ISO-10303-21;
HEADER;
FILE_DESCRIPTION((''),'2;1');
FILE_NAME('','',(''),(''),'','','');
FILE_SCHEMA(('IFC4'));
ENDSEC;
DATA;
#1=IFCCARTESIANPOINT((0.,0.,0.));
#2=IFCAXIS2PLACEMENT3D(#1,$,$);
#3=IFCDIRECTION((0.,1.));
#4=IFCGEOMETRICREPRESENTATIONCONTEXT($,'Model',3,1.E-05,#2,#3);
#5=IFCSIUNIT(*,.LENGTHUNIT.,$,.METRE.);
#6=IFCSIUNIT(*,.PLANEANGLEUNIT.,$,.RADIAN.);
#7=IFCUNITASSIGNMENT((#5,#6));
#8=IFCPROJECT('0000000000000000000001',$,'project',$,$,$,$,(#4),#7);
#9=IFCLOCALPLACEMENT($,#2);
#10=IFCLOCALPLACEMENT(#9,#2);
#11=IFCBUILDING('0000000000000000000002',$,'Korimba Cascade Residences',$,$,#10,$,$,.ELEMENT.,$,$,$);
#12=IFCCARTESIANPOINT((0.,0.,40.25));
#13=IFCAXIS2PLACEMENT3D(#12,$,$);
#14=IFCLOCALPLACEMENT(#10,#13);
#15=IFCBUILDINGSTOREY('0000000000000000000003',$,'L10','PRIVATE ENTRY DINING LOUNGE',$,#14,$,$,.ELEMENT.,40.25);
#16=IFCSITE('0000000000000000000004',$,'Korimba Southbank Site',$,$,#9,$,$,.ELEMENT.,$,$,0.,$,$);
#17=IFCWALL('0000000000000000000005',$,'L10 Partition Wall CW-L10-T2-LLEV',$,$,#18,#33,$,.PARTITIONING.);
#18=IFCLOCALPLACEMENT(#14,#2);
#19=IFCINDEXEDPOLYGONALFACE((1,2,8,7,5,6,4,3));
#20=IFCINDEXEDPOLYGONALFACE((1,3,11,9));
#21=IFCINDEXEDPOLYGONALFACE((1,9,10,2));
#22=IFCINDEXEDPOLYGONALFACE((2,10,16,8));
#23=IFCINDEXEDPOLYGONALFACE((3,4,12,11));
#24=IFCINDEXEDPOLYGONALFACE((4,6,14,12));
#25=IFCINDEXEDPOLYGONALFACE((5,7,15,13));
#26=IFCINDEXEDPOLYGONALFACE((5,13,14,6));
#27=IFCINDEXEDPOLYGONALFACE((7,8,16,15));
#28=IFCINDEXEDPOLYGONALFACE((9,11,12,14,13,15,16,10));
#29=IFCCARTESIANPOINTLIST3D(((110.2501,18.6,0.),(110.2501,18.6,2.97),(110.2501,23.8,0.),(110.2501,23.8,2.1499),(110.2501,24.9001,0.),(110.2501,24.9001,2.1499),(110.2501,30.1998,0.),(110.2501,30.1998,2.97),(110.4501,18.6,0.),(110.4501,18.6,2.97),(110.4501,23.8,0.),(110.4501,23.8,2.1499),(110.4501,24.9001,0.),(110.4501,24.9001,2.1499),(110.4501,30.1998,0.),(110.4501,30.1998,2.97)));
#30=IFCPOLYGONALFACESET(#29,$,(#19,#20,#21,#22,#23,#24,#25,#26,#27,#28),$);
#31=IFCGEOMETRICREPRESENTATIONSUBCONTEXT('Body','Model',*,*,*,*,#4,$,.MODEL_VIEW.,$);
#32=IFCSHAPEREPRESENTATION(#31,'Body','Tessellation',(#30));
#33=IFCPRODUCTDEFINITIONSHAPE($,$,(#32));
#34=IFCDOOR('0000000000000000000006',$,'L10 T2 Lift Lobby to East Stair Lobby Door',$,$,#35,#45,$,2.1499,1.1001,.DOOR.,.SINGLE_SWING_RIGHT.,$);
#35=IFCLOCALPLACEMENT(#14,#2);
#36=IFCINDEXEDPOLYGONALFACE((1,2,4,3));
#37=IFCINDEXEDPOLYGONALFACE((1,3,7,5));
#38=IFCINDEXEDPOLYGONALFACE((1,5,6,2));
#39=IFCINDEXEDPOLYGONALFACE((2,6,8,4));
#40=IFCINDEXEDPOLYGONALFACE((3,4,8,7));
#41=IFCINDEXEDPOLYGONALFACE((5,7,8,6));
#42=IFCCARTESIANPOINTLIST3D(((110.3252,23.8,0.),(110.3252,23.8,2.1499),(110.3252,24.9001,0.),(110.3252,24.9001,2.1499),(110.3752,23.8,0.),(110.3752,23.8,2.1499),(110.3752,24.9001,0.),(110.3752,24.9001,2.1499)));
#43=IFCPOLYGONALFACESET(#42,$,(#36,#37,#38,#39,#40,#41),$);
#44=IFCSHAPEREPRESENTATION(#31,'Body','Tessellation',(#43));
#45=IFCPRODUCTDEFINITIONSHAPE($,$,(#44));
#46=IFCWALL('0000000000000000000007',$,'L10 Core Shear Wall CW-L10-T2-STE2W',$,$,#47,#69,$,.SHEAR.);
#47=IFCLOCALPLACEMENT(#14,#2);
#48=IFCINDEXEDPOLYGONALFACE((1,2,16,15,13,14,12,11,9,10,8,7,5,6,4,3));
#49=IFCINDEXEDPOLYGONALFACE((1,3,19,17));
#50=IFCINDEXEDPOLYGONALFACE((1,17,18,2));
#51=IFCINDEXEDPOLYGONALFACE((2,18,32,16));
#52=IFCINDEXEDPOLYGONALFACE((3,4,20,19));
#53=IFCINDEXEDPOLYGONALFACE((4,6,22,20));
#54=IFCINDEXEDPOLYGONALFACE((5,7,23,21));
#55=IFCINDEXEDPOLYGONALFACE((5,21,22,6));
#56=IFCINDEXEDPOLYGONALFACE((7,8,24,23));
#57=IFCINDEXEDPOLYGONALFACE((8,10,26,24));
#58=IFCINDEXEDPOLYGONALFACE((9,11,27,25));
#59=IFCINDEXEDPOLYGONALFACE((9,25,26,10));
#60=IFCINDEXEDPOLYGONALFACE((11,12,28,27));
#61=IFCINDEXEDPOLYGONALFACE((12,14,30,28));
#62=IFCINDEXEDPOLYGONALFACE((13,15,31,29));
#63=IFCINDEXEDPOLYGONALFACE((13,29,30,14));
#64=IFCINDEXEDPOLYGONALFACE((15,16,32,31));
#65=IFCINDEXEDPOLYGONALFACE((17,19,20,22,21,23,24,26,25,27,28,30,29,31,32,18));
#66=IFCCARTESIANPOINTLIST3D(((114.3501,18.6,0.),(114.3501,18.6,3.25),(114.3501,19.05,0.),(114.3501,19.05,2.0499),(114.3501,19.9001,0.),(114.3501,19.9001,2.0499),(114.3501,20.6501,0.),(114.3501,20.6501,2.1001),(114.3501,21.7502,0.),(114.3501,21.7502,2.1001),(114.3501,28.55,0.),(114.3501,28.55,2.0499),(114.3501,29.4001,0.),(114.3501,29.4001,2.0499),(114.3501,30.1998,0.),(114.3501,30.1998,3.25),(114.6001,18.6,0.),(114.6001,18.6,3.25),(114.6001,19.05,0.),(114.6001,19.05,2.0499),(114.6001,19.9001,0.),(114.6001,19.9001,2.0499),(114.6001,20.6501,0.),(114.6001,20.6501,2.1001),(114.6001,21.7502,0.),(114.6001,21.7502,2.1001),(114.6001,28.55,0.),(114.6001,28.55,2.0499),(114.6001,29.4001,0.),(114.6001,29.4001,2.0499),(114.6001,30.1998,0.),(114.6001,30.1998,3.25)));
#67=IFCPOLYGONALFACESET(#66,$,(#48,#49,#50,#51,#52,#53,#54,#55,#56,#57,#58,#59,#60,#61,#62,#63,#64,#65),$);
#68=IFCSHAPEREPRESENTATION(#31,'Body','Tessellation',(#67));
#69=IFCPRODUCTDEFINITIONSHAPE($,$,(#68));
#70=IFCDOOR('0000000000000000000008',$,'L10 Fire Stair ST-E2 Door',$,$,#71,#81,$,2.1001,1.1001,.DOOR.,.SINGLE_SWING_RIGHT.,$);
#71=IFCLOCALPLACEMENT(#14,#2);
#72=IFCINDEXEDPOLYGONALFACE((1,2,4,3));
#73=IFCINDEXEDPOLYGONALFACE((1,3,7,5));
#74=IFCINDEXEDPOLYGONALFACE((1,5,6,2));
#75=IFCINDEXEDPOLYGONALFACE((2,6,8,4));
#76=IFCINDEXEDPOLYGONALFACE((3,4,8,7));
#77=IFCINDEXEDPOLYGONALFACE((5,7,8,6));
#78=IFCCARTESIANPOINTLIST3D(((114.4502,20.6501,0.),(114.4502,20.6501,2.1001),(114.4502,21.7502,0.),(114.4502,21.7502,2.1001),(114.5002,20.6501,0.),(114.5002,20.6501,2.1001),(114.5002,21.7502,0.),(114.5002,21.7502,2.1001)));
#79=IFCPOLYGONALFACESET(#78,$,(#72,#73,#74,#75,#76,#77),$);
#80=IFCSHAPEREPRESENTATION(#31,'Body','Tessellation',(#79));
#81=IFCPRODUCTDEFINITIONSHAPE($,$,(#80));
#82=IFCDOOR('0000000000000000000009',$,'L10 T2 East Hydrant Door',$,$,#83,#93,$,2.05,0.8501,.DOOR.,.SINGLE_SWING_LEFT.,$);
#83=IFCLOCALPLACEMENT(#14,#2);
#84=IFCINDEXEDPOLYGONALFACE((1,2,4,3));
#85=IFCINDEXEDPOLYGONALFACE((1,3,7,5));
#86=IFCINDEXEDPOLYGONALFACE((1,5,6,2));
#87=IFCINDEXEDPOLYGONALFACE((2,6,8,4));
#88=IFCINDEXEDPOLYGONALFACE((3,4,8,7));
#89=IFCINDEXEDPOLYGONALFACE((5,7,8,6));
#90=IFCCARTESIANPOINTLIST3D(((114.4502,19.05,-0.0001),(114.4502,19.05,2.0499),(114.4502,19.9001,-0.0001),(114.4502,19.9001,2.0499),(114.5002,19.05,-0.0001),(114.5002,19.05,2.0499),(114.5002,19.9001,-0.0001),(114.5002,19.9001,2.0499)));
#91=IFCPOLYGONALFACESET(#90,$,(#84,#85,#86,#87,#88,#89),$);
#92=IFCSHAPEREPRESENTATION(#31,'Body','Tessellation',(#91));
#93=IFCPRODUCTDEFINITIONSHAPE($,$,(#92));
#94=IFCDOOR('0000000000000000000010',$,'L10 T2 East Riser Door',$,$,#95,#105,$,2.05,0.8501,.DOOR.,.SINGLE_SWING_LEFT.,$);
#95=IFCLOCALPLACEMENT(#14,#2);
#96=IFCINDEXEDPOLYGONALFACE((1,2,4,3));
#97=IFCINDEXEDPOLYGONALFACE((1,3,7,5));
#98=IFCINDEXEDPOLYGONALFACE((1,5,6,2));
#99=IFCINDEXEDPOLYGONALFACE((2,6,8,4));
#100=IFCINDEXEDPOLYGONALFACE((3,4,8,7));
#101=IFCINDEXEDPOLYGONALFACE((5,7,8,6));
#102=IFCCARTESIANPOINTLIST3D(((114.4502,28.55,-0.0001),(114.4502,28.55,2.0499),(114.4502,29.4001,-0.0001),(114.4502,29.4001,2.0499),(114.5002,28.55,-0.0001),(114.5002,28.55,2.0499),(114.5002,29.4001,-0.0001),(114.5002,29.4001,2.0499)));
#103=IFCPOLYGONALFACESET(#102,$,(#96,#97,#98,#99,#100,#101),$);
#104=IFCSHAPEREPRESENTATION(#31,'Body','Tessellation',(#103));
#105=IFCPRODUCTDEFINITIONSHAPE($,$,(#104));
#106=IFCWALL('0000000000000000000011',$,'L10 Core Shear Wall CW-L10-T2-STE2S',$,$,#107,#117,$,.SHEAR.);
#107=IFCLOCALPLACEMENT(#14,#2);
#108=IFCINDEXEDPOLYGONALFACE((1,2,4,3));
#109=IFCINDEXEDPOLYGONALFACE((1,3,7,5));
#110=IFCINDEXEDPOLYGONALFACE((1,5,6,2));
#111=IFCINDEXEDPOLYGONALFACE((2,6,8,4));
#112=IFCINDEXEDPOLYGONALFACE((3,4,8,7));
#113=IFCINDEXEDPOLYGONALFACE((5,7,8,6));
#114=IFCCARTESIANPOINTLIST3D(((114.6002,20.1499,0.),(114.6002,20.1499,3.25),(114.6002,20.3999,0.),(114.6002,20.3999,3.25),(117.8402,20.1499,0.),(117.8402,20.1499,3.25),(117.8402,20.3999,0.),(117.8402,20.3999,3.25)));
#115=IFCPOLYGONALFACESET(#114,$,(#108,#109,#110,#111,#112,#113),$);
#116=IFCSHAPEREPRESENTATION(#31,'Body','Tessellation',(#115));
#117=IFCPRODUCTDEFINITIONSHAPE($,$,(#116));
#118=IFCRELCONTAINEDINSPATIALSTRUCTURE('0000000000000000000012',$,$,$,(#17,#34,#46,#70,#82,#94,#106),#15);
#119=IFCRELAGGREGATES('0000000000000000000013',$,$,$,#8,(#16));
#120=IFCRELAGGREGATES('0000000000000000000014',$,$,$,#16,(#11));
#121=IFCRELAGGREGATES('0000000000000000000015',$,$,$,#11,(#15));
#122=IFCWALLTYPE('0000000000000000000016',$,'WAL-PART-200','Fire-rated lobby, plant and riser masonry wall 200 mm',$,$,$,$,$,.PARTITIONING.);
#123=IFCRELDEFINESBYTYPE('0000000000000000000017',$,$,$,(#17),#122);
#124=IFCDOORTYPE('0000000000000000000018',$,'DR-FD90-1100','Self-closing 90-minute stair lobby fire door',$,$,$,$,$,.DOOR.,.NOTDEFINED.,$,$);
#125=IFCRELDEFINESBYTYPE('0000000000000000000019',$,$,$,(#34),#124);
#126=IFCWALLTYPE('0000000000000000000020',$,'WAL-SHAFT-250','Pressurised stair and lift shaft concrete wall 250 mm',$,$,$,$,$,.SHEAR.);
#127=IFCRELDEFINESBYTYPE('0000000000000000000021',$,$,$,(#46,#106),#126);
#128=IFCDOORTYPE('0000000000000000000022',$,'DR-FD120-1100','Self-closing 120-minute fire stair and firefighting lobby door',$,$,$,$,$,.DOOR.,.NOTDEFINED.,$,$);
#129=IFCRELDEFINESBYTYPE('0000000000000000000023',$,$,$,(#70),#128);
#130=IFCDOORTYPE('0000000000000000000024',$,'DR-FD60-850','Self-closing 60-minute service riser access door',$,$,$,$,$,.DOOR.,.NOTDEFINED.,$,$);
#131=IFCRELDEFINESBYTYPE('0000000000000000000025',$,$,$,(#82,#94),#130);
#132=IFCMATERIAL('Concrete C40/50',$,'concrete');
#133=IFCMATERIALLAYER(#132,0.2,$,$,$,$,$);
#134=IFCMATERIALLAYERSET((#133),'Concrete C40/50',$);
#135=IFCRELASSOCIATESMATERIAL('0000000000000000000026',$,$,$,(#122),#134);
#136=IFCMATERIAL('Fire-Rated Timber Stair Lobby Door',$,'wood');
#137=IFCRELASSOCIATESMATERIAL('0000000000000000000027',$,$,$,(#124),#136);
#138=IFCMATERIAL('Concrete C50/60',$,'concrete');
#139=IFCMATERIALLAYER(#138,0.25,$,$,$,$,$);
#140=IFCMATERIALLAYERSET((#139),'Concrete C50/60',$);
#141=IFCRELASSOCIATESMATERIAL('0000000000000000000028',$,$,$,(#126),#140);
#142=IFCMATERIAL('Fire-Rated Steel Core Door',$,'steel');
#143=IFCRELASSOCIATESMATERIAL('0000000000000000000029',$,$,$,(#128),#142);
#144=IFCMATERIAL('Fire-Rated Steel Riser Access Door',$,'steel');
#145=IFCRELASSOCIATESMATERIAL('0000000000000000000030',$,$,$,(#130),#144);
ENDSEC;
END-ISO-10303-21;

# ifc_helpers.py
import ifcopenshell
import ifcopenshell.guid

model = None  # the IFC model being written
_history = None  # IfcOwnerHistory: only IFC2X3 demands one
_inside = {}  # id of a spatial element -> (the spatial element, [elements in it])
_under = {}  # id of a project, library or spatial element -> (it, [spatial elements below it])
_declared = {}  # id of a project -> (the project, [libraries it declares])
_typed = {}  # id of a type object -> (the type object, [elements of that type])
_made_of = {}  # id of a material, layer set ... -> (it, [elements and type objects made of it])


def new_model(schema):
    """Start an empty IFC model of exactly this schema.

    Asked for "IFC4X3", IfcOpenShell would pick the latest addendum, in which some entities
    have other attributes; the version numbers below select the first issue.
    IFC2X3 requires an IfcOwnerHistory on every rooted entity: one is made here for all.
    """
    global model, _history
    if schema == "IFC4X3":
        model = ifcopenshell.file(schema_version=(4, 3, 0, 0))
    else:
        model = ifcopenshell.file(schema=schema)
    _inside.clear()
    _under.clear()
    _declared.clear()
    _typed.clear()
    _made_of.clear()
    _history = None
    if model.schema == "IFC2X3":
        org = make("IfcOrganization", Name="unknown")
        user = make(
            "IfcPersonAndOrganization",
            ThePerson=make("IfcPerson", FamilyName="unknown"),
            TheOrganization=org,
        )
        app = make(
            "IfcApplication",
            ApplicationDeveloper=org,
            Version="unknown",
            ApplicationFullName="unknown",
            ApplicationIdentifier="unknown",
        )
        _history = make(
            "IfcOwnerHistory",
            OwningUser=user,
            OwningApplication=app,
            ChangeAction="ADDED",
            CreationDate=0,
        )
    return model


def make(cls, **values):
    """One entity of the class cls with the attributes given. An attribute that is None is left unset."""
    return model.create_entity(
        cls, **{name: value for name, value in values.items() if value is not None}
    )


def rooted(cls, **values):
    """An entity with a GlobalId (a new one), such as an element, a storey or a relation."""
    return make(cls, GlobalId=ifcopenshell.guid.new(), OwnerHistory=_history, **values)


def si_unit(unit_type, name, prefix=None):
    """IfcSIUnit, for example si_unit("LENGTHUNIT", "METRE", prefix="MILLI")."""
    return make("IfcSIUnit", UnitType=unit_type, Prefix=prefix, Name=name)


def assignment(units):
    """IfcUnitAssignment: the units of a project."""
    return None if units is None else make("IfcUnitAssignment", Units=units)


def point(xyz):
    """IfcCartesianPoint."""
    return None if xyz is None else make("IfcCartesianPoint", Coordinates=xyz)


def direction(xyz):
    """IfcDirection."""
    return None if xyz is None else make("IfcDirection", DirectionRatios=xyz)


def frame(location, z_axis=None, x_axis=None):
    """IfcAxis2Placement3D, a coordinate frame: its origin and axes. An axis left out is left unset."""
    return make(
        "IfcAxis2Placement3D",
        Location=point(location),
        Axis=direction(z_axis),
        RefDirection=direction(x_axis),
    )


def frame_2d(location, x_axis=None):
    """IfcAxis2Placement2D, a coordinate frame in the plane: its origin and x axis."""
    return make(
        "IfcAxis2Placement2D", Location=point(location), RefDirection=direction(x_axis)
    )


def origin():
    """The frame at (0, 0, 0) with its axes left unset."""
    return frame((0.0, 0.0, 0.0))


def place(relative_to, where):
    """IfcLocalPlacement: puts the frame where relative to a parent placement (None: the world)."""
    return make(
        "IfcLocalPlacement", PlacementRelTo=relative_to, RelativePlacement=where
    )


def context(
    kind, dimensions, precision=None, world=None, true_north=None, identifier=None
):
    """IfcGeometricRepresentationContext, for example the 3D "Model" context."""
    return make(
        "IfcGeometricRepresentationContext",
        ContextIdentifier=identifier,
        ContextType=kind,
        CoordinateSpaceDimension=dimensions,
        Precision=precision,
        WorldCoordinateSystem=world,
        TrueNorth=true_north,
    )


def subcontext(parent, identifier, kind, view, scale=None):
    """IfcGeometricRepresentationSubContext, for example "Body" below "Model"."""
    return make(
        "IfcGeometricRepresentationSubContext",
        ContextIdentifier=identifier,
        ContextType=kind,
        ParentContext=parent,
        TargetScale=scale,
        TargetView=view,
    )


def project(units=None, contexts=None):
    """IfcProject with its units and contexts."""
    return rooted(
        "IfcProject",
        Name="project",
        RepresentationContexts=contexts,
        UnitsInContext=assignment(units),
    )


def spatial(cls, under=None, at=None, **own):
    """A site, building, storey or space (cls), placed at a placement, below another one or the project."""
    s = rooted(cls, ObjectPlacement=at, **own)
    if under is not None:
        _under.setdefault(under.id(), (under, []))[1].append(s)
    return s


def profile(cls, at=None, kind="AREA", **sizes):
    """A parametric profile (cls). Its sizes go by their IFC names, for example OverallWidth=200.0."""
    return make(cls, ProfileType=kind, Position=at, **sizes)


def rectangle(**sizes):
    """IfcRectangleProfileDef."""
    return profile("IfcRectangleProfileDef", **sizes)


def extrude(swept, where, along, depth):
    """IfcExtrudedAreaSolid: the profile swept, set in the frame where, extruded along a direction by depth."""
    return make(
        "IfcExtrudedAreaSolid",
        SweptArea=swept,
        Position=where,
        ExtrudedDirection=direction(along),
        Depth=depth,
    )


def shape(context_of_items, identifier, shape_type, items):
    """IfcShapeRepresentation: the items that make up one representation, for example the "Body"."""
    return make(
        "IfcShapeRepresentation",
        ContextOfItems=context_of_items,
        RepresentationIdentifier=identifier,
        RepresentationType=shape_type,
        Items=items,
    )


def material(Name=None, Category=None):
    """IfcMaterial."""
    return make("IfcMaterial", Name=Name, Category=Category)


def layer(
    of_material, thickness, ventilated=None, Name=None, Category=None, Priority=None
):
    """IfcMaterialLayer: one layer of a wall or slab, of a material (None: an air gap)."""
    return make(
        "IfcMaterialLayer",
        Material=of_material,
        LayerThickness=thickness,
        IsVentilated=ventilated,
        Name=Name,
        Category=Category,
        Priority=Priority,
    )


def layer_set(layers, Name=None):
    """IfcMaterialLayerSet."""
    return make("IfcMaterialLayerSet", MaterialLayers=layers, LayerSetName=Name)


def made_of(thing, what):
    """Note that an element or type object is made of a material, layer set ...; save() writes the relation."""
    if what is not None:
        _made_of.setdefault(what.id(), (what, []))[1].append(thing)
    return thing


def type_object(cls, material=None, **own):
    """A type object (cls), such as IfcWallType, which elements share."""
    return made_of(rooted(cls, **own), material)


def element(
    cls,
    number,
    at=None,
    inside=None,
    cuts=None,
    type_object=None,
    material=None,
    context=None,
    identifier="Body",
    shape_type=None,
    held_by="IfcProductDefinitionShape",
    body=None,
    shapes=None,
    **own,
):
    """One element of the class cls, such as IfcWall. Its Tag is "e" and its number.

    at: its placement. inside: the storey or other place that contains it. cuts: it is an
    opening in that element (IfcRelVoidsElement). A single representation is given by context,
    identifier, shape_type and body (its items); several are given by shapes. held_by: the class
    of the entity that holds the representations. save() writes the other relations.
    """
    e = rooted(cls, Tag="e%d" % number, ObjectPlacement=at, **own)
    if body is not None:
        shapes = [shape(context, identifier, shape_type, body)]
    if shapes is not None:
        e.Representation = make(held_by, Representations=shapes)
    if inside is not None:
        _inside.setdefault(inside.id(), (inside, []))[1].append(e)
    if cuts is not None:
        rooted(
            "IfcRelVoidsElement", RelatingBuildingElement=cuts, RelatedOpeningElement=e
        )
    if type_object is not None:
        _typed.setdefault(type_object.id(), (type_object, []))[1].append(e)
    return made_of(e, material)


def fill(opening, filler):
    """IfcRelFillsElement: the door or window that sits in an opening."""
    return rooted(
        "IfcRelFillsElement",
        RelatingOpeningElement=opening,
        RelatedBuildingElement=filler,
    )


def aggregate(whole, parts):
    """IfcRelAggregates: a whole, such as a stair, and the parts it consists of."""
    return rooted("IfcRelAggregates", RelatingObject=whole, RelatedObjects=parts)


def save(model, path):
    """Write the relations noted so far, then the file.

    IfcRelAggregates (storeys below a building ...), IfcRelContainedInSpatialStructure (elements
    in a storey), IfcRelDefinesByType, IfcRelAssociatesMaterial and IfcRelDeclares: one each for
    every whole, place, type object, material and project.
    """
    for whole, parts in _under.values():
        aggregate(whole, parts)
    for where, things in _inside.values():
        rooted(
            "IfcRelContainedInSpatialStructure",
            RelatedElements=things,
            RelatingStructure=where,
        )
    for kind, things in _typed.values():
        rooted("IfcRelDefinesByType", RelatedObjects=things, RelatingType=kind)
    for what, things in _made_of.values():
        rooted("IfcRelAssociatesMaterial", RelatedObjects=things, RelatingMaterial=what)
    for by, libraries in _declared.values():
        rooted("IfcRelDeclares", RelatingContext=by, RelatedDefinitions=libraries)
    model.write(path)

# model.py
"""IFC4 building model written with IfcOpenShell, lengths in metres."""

from ifc_helpers import new_model, si_unit, direction, frame, frame_2d, origin, place, context, subcontext, project, spatial, rectangle, extrude, material, layer, layer_set, type_object, element, fill, save


model = new_model("IFC4")

# Units and contexts
model_context = context("Model", 3, precision=1e-05, world=origin(), true_north=direction((0.0, 1.0)))
body_context = subcontext(model_context, "Body", "Model", "MODEL_VIEW")
ifc_project = project(units=[si_unit("LENGTHUNIT", "METRE"), si_unit("PLANEANGLEUNIT", "RADIAN")], contexts=[model_context])

# Site, building, storey
site_placement = place(None, origin())
site = spatial("IfcSite", under=ifc_project, at=site_placement, Name="Korimba Southbank Site", CompositionType="ELEMENT", RefElevation=0.0)
building_placement = place(site_placement, origin())
building = spatial("IfcBuilding", under=site, at=building_placement, Name="Korimba Cascade Residences", CompositionType="ELEMENT")
storey_placement = place(building_placement, frame((0.0, 0.0, 40.25)))
storey = spatial("IfcBuildingStorey", under=building, at=storey_placement, Name="L10", Description="PRIVATE ENTRY DINING LOUNGE", CompositionType="ELEMENT", Elevation=40.25)

# Shared definitions
ifc_material_1 = material(Name="Concrete C50/60", Category="concrete")

# Wall, opening, door
ifc_material_2 = material(Name="Concrete C40/50", Category="concrete")
ifc_layer_1 = layer(ifc_material_2, 0.2)
ifc_layer_set_1 = layer_set([ifc_layer_1], Name="Concrete C40/50")
wall_type_1 = type_object("IfcWallType", Name="WAL-PART-200", Description="Fire-rated lobby, plant and riser masonry wall 200 mm", PredefinedType="PARTITIONING", material=ifc_layer_set_1)
wall_1_placement = place(storey_placement, frame((110.3501, 18.6001, 0.0), z_axis=(0.0, 0.0, 1.0), x_axis=(0.0, 1.0, 0.0)))
wall_1 = element("IfcWall", 1, at=wall_1_placement, inside=storey, type_object=wall_type_1, Name="L10 Partition Wall CW-L10-T2-LLEV", PredefinedType="PARTITIONING", context=body_context, shape_type="SweptSolid", body=[
    extrude(rectangle(XDim=11.5999, YDim=0.2, at=frame_2d((5.7998, 0.0))), origin(), (0.0, 0.0, 1.0), 2.97),
])
opening_1_placement = place(wall_1_placement, frame((5.2, 0.0, 0.0)))
opening_1 = element("IfcOpeningElement", 2, at=opening_1_placement, cuts=wall_1, PredefinedType="OPENING", context=body_context, shape_type="SweptSolid", body=[
    extrude(rectangle(XDim=1.1001, YDim=2.1499, at=frame_2d((0.55, 1.075))), frame((0.0, 0.1099, 0.0), z_axis=(0.0, -1.0, 0.0), x_axis=(1.0, 0.0, 0.0)), (0.0, 0.0, 1.0), 0.22),
])
ifc_material_3 = material(Name="Fire-Rated Timber Stair Lobby Door", Category="wood")
door_type_1 = type_object("IfcDoorType", Name="DR-FD90-1100", Description="Self-closing 90-minute stair lobby fire door", OperationType="NOTDEFINED", PredefinedType="DOOR", material=ifc_material_3)
door_1_placement = place(opening_1_placement, origin())
door_1 = element("IfcDoor", 3, at=door_1_placement, inside=storey, type_object=door_type_1, Name="L10 T2 Lift Lobby to East Stair Lobby Door", OperationType="SINGLE_SWING_RIGHT", OverallHeight=2.1499, OverallWidth=1.1001, PredefinedType="DOOR", context=body_context, shape_type="SweptSolid", body=[
    extrude(rectangle(XDim=1.1001, YDim=2.1499, at=frame_2d((0.55, 1.075))), frame((0.0, 0.0249, 0.0), z_axis=(0.0, -1.0, 0.0), x_axis=(1.0, 0.0, 0.0)), (0.0, 0.0, 1.0), 0.05),
])
fill(opening_1, door_1)

# Wall, openings, doors
ifc_layer_2 = layer(ifc_material_1, 0.25)
ifc_layer_set_2 = layer_set([ifc_layer_2], Name="Concrete C50/60")
wall_type_2 = type_object("IfcWallType", Name="WAL-SHAFT-250", Description="Pressurised stair and lift shaft concrete wall 250 mm", PredefinedType="SHEAR", material=ifc_layer_set_2)
wall_2_placement = place(storey_placement, frame((114.4751, 18.6001, 0.0), z_axis=(0.0, 0.0, 1.0), x_axis=(0.0, 1.0, 0.0)))
wall_2 = element("IfcWall", 4, at=wall_2_placement, inside=storey, type_object=wall_type_2, Name="L10 Core Shear Wall CW-L10-T2-STE2W", PredefinedType="SHEAR", context=body_context, shape_type="SweptSolid", body=[
    extrude(rectangle(XDim=11.5999, YDim=0.25, at=frame_2d((5.7998, 0.0))), origin(), (0.0, 0.0, 1.0), 3.25),
])
opening_2_placement = place(wall_2_placement, frame((0.45, 0.0, 0.0)))
opening_2 = element("IfcOpeningElement", 5, at=opening_2_placement, cuts=wall_2, PredefinedType="OPENING", context=body_context, shape_type="SweptSolid", body=[
    extrude(rectangle(XDim=0.8501, YDim=2.05, at=frame_2d((0.425, 1.0249))), frame((0.0, 0.135, 0.0), z_axis=(0.0, -1.0, 0.0), x_axis=(1.0, 0.0, 0.0)), (0.0, 0.0, 1.0), 0.27),
])
opening_3_placement = place(wall_2_placement, frame((2.05, 0.0, 0.0)))
opening_3 = element("IfcOpeningElement", 6, at=opening_3_placement, cuts=wall_2, PredefinedType="OPENING", context=body_context, shape_type="SweptSolid", body=[
    extrude(rectangle(XDim=1.1001, YDim=2.1001, at=frame_2d((0.55, 1.05))), frame((0.0, 0.135, 0.0), z_axis=(0.0, -1.0, 0.0), x_axis=(1.0, 0.0, 0.0)), (0.0, 0.0, 1.0), 0.27),
])
opening_4_placement = place(wall_2_placement, frame((9.95, 0.0, 0.0)))
opening_4 = element("IfcOpeningElement", 7, at=opening_4_placement, cuts=wall_2, PredefinedType="OPENING", context=body_context, shape_type="SweptSolid", body=[
    extrude(rectangle(XDim=0.8501, YDim=2.05, at=frame_2d((0.425, 1.0249))), frame((0.0, 0.135, 0.0), z_axis=(0.0, -1.0, 0.0), x_axis=(1.0, 0.0, 0.0)), (0.0, 0.0, 1.0), 0.27),
])
ifc_material_4 = material(Name="Fire-Rated Steel Core Door", Category="steel")
door_type_2 = type_object("IfcDoorType", Name="DR-FD120-1100", Description="Self-closing 120-minute fire stair and firefighting lobby door", OperationType="NOTDEFINED", PredefinedType="DOOR", material=ifc_material_4)
door_2_placement = place(opening_3_placement, origin())
door_2 = element("IfcDoor", 8, at=door_2_placement, inside=storey, type_object=door_type_2, Name="L10 Fire Stair ST-E2 Door", OperationType="SINGLE_SWING_RIGHT", OverallHeight=2.1001, OverallWidth=1.1001, PredefinedType="DOOR", context=body_context, shape_type="SweptSolid", body=[
    extrude(rectangle(XDim=1.1001, YDim=2.1001, at=frame_2d((0.55, 1.05))), frame((0.0, 0.0249, 0.0), z_axis=(0.0, -1.0, 0.0), x_axis=(1.0, 0.0, 0.0)), (0.0, 0.0, 1.0), 0.05),
])
fill(opening_3, door_2)
ifc_material_5 = material(Name="Fire-Rated Steel Riser Access Door", Category="steel")
door_type_3 = type_object("IfcDoorType", Name="DR-FD60-850", Description="Self-closing 60-minute service riser access door", OperationType="NOTDEFINED", PredefinedType="DOOR", material=ifc_material_5)
door_3_placement = place(opening_2_placement, origin())
door_3 = element("IfcDoor", 9, at=door_3_placement, inside=storey, type_object=door_type_3, Name="L10 T2 East Hydrant Door", OperationType="SINGLE_SWING_LEFT", OverallHeight=2.05, OverallWidth=0.8501, PredefinedType="DOOR", context=body_context, shape_type="SweptSolid", body=[
    extrude(rectangle(XDim=0.8501, YDim=2.05, at=frame_2d((0.425, 1.0249))), frame((0.0, 0.0249, 0.0), z_axis=(0.0, -1.0, 0.0), x_axis=(1.0, 0.0, 0.0)), (0.0, 0.0, 1.0), 0.05),
])
fill(opening_2, door_3)
door_4_placement = place(opening_4_placement, origin())
door_4 = element("IfcDoor", 10, at=door_4_placement, inside=storey, type_object=door_type_3, Name="L10 T2 East Riser Door", OperationType="SINGLE_SWING_LEFT", OverallHeight=2.05, OverallWidth=0.8501, PredefinedType="DOOR", context=body_context, shape_type="SweptSolid", body=[
    extrude(rectangle(XDim=0.8501, YDim=2.05, at=frame_2d((0.425, 1.0249))), frame((0.0, 0.0249, 0.0), z_axis=(0.0, -1.0, 0.0), x_axis=(1.0, 0.0, 0.0)), (0.0, 0.0, 1.0), 0.05),
])
fill(opening_4, door_4)

# Wall
wall_3_placement = place(storey_placement, frame((114.6001, 20.2749, 0.0), z_axis=(0.0, 0.0, 1.0), x_axis=(1.0, 0.0, 0.0)))
element("IfcWall", 11, at=wall_3_placement, inside=storey, type_object=wall_type_2, Name="L10 Core Shear Wall CW-L10-T2-STE2S", PredefinedType="SHEAR", context=body_context, shape_type="SweptSolid", body=[
    extrude(rectangle(XDim=3.24, YDim=0.25, at=frame_2d((1.6201, 0.0))), origin(), (0.0, 0.0, 1.0), 3.25),
])

save(model, "model.ifc")
